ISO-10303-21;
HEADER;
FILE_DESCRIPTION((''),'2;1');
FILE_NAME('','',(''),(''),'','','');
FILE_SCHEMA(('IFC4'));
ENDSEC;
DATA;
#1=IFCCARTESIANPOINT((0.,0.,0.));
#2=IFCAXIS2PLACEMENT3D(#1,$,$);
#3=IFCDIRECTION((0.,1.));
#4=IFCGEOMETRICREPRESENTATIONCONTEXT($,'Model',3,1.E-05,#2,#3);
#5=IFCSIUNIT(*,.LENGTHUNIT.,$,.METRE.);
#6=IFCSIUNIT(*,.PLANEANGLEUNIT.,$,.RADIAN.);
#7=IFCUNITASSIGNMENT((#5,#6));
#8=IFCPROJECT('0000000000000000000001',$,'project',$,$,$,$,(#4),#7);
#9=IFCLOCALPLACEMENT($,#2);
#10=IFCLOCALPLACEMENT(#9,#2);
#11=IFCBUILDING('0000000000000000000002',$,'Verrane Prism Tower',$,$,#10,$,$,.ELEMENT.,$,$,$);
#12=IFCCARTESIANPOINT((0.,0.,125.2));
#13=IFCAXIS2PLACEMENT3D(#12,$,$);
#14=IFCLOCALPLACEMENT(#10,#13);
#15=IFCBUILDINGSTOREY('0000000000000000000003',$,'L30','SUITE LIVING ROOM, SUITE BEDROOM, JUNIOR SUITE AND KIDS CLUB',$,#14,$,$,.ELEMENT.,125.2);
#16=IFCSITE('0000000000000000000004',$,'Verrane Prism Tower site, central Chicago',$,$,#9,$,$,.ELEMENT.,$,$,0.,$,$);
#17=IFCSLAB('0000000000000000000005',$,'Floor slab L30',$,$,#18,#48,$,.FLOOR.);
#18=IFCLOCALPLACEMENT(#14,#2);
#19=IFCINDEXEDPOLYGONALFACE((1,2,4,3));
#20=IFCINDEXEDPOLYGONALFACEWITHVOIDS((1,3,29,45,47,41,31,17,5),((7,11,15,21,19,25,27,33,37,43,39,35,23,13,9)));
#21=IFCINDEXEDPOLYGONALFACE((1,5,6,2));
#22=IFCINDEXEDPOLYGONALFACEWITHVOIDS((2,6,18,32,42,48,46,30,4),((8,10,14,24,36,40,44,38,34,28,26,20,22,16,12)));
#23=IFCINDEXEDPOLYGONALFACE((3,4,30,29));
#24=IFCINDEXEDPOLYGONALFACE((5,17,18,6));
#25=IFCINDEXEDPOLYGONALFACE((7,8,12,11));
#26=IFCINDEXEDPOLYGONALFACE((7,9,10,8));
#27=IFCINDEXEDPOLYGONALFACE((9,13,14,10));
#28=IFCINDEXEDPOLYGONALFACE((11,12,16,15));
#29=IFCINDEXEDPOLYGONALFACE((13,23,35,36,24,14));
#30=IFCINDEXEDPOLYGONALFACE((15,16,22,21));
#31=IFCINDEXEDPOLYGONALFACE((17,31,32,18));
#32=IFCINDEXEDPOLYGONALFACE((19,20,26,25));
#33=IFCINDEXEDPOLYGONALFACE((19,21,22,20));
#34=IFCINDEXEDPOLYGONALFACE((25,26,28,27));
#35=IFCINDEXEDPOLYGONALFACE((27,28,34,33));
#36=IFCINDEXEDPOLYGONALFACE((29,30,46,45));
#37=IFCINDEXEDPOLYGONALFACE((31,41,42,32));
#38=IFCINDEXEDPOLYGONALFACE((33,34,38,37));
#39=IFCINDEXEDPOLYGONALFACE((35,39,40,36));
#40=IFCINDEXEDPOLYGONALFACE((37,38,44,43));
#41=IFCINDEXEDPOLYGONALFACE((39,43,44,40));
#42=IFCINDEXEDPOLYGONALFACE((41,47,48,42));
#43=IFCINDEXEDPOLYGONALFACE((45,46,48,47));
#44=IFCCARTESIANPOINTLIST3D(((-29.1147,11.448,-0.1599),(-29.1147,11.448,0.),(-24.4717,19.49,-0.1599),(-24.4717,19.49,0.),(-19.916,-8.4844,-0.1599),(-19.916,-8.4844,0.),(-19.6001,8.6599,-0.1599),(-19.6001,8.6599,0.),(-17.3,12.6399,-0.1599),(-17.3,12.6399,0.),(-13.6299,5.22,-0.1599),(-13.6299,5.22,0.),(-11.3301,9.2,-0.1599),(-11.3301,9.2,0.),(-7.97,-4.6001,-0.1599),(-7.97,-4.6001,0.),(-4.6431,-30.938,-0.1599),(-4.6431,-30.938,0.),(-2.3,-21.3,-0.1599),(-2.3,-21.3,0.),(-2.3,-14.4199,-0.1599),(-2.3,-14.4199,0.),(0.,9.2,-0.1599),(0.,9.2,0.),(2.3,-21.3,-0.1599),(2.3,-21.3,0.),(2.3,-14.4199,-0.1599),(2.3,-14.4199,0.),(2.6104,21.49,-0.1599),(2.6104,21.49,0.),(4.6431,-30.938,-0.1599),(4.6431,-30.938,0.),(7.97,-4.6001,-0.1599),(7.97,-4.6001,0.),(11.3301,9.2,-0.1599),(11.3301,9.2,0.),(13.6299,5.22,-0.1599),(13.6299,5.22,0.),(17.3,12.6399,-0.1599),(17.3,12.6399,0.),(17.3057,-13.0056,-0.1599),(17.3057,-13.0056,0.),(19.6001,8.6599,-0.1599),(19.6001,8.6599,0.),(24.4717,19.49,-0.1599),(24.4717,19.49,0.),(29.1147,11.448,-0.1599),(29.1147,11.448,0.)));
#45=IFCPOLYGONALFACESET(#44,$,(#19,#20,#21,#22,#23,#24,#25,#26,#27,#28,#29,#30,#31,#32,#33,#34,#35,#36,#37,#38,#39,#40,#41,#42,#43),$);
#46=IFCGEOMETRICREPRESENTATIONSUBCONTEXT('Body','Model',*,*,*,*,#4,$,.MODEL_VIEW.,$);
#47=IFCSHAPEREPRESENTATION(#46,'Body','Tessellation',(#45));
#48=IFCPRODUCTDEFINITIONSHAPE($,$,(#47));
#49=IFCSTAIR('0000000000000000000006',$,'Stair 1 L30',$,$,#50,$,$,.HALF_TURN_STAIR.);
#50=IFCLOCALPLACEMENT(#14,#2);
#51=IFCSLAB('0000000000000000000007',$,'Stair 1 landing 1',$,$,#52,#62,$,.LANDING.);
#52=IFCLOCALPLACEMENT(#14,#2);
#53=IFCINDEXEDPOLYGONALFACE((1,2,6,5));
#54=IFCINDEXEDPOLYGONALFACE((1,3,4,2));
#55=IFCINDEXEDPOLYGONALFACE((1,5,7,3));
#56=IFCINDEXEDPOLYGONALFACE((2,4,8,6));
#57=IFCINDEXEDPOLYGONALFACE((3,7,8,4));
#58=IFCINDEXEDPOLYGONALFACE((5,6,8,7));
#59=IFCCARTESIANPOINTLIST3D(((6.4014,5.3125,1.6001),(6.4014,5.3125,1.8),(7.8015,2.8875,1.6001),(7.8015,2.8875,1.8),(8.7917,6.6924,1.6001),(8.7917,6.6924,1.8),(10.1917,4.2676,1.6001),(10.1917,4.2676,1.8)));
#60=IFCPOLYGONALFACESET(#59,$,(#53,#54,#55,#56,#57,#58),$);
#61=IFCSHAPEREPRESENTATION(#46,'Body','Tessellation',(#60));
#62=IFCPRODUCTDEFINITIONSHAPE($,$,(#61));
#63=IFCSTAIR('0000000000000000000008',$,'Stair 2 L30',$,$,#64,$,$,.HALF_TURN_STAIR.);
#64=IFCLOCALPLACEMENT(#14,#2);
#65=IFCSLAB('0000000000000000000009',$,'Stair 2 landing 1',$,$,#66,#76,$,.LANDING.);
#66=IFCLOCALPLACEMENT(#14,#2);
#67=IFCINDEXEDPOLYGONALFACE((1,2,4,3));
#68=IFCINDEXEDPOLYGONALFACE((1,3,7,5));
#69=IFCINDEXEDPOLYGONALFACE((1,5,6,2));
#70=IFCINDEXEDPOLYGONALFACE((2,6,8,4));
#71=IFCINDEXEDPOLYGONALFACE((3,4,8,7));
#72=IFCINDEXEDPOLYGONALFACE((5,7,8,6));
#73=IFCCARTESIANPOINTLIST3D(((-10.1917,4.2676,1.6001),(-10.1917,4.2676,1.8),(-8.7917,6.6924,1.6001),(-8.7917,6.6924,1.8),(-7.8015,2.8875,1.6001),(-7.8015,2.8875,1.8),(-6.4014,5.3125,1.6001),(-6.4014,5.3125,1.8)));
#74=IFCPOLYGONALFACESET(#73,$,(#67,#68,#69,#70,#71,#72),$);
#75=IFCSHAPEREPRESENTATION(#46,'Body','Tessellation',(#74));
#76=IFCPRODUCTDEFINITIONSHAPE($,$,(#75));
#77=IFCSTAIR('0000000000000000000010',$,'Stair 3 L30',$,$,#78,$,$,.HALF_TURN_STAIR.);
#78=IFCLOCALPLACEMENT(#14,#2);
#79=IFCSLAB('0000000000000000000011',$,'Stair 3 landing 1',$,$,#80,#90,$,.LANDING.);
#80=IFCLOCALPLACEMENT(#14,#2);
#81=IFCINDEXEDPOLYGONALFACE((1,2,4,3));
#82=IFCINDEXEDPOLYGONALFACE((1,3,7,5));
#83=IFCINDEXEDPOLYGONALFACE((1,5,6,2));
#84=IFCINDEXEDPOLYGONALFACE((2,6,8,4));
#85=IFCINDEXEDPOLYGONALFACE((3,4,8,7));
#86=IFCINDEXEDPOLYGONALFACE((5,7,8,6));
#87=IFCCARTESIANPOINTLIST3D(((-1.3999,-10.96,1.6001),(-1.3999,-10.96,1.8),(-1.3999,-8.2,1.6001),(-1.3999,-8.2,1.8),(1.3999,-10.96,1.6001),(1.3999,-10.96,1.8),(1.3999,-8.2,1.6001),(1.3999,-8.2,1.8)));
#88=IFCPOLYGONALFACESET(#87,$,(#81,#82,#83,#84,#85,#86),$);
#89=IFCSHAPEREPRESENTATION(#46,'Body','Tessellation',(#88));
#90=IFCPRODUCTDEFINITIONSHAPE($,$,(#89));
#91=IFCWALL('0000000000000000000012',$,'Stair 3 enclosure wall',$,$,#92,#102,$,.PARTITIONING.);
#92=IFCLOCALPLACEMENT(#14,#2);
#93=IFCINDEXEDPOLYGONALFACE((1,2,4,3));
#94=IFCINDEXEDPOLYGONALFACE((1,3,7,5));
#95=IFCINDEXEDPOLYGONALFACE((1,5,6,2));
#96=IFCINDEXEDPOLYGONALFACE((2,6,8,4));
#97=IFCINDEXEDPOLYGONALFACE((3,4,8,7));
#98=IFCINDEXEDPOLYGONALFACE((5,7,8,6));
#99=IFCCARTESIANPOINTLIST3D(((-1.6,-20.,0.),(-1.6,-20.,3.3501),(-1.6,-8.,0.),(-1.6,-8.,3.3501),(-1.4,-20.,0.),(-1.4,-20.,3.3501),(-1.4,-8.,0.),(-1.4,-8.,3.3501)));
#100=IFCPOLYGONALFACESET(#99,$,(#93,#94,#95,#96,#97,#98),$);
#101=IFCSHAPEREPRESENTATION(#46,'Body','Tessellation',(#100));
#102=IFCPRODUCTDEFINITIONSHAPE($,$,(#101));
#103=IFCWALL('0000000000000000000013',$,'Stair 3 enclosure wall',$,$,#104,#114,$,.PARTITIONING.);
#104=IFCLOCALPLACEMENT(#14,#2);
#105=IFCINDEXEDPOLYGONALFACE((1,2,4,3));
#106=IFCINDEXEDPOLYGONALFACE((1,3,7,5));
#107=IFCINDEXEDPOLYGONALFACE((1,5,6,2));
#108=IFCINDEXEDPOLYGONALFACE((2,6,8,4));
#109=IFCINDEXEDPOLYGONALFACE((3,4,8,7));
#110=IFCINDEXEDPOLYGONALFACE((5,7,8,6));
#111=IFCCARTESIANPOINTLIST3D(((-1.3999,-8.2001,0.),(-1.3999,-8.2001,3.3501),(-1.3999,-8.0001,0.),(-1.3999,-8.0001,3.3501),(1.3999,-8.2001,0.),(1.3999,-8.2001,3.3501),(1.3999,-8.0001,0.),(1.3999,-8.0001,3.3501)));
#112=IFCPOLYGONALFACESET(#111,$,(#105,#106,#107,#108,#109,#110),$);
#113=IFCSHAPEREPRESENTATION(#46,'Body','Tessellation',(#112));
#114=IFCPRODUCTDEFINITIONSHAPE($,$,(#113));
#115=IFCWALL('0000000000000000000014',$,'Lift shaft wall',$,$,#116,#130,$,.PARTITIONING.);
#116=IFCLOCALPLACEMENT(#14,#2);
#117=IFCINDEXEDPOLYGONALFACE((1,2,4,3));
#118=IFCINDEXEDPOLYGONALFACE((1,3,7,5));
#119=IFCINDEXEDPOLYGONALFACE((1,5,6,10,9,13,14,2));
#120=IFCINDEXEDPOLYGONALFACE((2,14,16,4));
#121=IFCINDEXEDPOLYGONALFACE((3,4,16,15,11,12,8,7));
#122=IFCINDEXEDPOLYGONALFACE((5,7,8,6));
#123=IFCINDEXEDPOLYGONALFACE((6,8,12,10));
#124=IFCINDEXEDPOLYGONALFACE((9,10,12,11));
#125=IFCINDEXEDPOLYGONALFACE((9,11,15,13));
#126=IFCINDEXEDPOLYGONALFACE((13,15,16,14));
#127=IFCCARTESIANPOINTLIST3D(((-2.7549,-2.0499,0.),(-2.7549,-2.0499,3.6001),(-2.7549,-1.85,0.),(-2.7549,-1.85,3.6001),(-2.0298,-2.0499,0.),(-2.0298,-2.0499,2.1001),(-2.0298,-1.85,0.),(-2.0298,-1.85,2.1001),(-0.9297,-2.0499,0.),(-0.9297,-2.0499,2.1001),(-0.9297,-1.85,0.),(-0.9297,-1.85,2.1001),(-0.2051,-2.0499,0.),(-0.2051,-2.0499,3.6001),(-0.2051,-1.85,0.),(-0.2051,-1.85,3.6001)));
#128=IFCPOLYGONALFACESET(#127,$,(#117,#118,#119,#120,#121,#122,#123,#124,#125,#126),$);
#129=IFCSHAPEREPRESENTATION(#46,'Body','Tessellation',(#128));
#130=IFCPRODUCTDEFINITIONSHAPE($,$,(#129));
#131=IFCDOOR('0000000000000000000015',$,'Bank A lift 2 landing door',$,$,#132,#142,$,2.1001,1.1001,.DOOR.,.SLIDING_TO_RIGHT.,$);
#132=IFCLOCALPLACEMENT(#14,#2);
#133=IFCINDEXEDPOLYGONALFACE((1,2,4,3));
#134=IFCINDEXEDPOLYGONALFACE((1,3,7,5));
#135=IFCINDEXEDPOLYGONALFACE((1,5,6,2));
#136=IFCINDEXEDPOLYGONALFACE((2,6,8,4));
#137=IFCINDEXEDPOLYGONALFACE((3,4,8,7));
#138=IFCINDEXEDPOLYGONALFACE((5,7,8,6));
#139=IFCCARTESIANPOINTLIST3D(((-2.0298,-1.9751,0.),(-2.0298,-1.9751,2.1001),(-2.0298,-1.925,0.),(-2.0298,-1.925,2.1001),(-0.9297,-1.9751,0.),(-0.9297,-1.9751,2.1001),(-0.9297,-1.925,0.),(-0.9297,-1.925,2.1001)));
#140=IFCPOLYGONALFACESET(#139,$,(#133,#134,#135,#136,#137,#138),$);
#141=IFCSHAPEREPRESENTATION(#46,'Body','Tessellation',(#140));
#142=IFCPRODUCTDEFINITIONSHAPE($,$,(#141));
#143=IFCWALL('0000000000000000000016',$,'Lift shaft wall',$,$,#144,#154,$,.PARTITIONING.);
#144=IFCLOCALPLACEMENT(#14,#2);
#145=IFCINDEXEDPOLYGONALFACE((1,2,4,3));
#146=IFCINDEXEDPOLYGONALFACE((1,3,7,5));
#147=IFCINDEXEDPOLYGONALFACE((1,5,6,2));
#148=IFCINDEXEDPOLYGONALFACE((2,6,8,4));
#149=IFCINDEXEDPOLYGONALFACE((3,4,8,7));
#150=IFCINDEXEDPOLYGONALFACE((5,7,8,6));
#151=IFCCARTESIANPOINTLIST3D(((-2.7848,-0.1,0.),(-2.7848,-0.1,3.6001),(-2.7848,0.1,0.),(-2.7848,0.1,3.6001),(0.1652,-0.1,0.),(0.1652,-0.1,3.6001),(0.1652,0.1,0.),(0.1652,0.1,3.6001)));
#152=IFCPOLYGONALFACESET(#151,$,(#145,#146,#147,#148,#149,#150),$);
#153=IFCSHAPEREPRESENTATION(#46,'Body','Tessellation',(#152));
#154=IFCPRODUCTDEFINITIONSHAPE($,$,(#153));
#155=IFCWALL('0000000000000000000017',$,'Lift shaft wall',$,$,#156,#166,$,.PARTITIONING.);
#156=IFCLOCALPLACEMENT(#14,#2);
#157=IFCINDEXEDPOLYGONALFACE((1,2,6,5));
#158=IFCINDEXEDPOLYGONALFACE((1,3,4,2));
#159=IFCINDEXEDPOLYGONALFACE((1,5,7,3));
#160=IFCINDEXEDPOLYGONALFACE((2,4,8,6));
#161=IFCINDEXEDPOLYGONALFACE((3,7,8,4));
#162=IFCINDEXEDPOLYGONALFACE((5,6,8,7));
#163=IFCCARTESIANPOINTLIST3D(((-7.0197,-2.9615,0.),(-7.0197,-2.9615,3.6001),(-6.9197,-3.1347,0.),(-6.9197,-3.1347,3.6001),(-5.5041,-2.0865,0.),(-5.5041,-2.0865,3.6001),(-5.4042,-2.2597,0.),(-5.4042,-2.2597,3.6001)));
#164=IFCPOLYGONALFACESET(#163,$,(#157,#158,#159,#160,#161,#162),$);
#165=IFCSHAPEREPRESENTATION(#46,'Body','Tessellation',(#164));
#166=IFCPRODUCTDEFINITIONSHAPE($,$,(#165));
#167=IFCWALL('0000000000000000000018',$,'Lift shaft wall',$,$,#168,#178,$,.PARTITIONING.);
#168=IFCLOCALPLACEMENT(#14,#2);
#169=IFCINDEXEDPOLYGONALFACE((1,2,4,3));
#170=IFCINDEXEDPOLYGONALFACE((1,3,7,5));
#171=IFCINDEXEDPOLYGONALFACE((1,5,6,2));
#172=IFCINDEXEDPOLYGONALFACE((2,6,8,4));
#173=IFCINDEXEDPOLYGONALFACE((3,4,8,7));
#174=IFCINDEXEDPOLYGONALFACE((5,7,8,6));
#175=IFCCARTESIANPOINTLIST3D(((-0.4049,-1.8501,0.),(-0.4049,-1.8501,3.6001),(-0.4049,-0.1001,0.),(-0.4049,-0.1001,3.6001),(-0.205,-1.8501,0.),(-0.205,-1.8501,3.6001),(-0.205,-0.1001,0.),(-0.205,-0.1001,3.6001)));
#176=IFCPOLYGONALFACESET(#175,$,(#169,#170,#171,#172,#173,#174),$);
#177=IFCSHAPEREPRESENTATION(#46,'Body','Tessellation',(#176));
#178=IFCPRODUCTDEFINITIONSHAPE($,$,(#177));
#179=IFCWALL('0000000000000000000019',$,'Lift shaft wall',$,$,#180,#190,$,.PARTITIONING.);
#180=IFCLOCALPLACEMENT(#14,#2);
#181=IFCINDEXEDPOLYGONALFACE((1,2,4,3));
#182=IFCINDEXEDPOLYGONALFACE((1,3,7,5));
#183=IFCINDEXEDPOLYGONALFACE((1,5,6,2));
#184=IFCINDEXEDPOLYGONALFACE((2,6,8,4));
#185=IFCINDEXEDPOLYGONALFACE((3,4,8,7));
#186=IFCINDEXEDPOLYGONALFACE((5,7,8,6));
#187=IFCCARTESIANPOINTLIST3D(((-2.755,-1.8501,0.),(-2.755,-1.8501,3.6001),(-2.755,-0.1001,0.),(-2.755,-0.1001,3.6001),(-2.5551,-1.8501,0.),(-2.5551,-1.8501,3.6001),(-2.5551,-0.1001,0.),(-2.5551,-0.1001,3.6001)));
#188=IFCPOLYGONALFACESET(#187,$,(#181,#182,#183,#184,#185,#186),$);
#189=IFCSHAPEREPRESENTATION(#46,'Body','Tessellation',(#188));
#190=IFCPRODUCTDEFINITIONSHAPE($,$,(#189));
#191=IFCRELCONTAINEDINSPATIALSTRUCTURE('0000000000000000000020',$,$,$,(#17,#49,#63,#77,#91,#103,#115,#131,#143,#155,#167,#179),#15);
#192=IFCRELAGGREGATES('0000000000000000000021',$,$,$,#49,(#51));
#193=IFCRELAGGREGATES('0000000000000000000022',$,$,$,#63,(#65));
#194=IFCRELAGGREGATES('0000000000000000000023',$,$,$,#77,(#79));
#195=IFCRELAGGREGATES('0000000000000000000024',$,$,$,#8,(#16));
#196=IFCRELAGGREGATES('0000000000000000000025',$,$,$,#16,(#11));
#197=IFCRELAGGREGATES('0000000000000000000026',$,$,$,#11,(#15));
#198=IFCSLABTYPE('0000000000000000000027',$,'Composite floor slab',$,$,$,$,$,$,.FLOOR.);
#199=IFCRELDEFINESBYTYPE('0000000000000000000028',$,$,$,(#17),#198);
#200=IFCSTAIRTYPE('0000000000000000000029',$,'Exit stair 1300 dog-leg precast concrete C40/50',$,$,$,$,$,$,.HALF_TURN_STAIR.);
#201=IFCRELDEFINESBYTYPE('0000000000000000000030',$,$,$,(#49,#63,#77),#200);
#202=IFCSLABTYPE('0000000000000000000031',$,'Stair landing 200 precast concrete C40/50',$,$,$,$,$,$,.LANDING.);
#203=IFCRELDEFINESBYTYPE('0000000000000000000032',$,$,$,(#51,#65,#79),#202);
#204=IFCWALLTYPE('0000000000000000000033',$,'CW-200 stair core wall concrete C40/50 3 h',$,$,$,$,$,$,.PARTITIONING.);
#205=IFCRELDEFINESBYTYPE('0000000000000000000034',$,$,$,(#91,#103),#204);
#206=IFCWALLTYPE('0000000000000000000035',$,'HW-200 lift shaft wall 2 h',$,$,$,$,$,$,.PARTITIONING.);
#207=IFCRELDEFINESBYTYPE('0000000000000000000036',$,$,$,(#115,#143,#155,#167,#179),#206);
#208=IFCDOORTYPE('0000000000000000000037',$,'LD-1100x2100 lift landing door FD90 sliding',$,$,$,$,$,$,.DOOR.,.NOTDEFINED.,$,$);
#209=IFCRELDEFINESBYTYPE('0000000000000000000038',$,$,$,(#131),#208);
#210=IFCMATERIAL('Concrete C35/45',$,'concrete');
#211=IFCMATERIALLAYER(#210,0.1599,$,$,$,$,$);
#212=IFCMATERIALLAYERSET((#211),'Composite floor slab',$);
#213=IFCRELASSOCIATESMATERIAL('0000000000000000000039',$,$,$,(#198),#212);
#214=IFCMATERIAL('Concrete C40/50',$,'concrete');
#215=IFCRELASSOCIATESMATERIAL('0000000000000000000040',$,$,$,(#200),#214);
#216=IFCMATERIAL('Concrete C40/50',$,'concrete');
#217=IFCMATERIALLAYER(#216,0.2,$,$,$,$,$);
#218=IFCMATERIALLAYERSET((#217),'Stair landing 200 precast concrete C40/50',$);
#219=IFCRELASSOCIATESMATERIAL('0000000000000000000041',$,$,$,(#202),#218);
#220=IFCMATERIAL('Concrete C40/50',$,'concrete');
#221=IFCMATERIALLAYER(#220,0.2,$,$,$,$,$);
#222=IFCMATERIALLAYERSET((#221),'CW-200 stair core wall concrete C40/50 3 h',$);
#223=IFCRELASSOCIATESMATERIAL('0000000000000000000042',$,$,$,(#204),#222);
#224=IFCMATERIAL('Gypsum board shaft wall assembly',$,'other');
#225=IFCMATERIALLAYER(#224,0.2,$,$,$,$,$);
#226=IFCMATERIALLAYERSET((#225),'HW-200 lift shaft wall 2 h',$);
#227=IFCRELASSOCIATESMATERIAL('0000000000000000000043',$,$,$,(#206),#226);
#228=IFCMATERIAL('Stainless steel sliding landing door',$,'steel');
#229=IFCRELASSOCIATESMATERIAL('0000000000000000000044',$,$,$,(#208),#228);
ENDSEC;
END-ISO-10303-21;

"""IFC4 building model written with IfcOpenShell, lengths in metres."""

from ifc_helpers import new_model, si_unit, direction, frame, frame_2d, origin, place, context, subcontext, project, spatial, polyline, rectangle, outline, extrude, material, layer, layer_set, type_object, element, fill, aggregate, save


model = new_model("IFC4")

# Units and contexts
model_context = context("Model", 3, precision=1e-05, world=origin(), true_north=direction((0.0, 1.0)))
body_context = subcontext(model_context, "Body", "Model", "MODEL_VIEW")
ifc_project = project(units=[si_unit("LENGTHUNIT", "METRE"), si_unit("PLANEANGLEUNIT", "RADIAN")], contexts=[model_context])

# Site, building, storey
site_placement = place(None, origin())
site = spatial("IfcSite", under=ifc_project, at=site_placement, Name="Verrane Prism Tower site, central Chicago", CompositionType="ELEMENT", RefElevation=0.0)
building_placement = place(site_placement, origin())
building = spatial("IfcBuilding", under=site, at=building_placement, Name="Verrane Prism Tower", CompositionType="ELEMENT")
storey_placement = place(building_placement, frame((0.0, 0.0, 125.2)))
storey = spatial("IfcBuildingStorey", under=building, at=storey_placement, Name="L30", Description="SUITE LIVING ROOM, SUITE BEDROOM, JUNIOR SUITE AND KIDS CLUB", CompositionType="ELEMENT", Elevation=125.2)

# Slab
ifc_material_1 = material(Name="Concrete C35/45", Category="concrete")
ifc_layer_1 = layer(ifc_material_1, 0.1599)
ifc_layer_set_1 = layer_set([ifc_layer_1], Name="Composite floor slab")
slab_type_1 = type_object("IfcSlabType", Name="Composite floor slab", PredefinedType="FLOOR", material=ifc_layer_set_1)
slab_1_placement = place(storey_placement, frame((0.0, 0.0, -0.1599)))
element("IfcSlab", 1, at=slab_1_placement, inside=storey, type_object=slab_type_1, Name="Floor slab L30", PredefinedType="FLOOR", context=body_context, shape_type="SweptSolid", body=[
    extrude(outline(polyline([(17.3057, -13.0056), (4.6431, -30.938), (-4.6431, -30.938), (-19.916, -8.4844), (-29.1147, 11.448), (-24.4717, 19.49), (2.6104, 21.49), (24.4717, 19.49), (29.1147, 11.448), (17.3057, -13.0056)]), holes=[polyline([(19.6001, 8.6599), (17.3, 12.6399), (11.3301, 9.2), (0.0, 9.2), (-11.3301, 9.2), (-17.3, 12.6399), (-19.6001, 8.6599), (-13.6299, 5.22), (-7.97, -4.6001), (-2.3, -14.4199), (-2.3, -21.3), (2.3, -21.3), (2.3, -14.4199), (7.97, -4.6001), (13.6299, 5.22), (19.6001, 8.6599)])]), origin(), (0.0, 0.0, 1.0), 0.1599),
])

# Stairs, slabs
ifc_material_2 = material(Name="Concrete C40/50", Category="concrete")
stair_type = type_object("IfcStairType", Name="Exit stair 1300 dog-leg precast concrete C40/50", PredefinedType="HALF_TURN_STAIR", material=ifc_material_2)
stair_1_placement = place(storey_placement, origin())
stair_1 = element("IfcStair", 2, at=stair_1_placement, inside=storey, type_object=stair_type, Name="Stair 1 L30", PredefinedType="HALF_TURN_STAIR")
ifc_material_3 = material(Name="Concrete C40/50", Category="concrete")
ifc_layer_2 = layer(ifc_material_3, 0.2)
ifc_layer_set_2 = layer_set([ifc_layer_2], Name="Stair landing 200 precast concrete C40/50")
slab_type_2 = type_object("IfcSlabType", Name="Stair landing 200 precast concrete C40/50", PredefinedType="LANDING", material=ifc_layer_set_2)
slab_2_placement = place(storey_placement, frame((0.0, 0.0, 1.6001)))
slab_2 = element("IfcSlab", 3, at=slab_2_placement, type_object=slab_type_2, Name="Stair 1 landing 1", PredefinedType="LANDING", context=body_context, shape_type="SweptSolid", body=[
    extrude(outline(polyline([(8.7917, 6.6924), (6.4014, 5.3125), (7.8015, 2.8875), (10.1917, 4.2676), (8.7917, 6.6924)])), origin(), (0.0, 0.0, 1.0), 0.2),
])
aggregate(stair_1, [slab_2])
stair_2_placement = place(storey_placement, origin())
stair_2 = element("IfcStair", 4, at=stair_2_placement, inside=storey, type_object=stair_type, Name="Stair 2 L30", PredefinedType="HALF_TURN_STAIR")
slab_3_placement = place(storey_placement, frame((0.0, 0.0, 1.6001)))
slab_3 = element("IfcSlab", 5, at=slab_3_placement, type_object=slab_type_2, Name="Stair 2 landing 1", PredefinedType="LANDING", context=body_context, shape_type="SweptSolid", body=[
    extrude(outline(polyline([(-10.1917, 4.2676), (-7.8015, 2.8875), (-6.4014, 5.3125), (-8.7917, 6.6924), (-10.1917, 4.2676)])), origin(), (0.0, 0.0, 1.0), 0.2),
])
aggregate(stair_2, [slab_3])
stair_3_placement = place(storey_placement, origin())
stair_3 = element("IfcStair", 6, at=stair_3_placement, inside=storey, type_object=stair_type, Name="Stair 3 L30", PredefinedType="HALF_TURN_STAIR")
slab_4_placement = place(storey_placement, frame((0.0, 0.0, 1.6001)))
slab_4 = element("IfcSlab", 7, at=slab_4_placement, type_object=slab_type_2, Name="Stair 3 landing 1", PredefinedType="LANDING", context=body_context, shape_type="SweptSolid", body=[
    extrude(outline(polyline([(1.3999, -10.96), (1.3999, -8.2), (-1.3999, -8.2), (-1.3999, -10.96), (1.3999, -10.96)])), origin(), (0.0, 0.0, 1.0), 0.2),
])
aggregate(stair_3, [slab_4])

# Walls
ifc_material_4 = material(Name="Concrete C40/50", Category="concrete")
ifc_layer_3 = layer(ifc_material_4, 0.2)
ifc_layer_set_3 = layer_set([ifc_layer_3], Name="CW-200 stair core wall concrete C40/50 3 h")
wall_type_1 = type_object("IfcWallType", Name="CW-200 stair core wall concrete C40/50 3 h", PredefinedType="PARTITIONING", material=ifc_layer_set_3)
wall_1_placement = place(storey_placement, frame((-1.5, -8.0, 0.0), z_axis=(0.0, 0.0, 1.0), x_axis=(0.0, -1.0, 0.0)))
element("IfcWall", 8, at=wall_1_placement, inside=storey, type_object=wall_type_1, Name="Stair 3 enclosure wall", PredefinedType="PARTITIONING", context=body_context, shape_type="SweptSolid", body=[
    extrude(rectangle(XDim=12.0, YDim=0.2, at=frame_2d((6.0, 0.0))), origin(), (0.0, 0.0, 1.0), 3.3501),
])
wall_2_placement = place(storey_placement, frame((-1.3999, -8.1001, 0.0), z_axis=(0.0, 0.0, 1.0), x_axis=(1.0, 0.0, 0.0)))
element("IfcWall", 9, at=wall_2_placement, inside=storey, type_object=wall_type_1, Name="Stair 3 enclosure wall", PredefinedType="PARTITIONING", context=body_context, shape_type="SweptSolid", body=[
    extrude(rectangle(XDim=2.7998, YDim=0.2, at=frame_2d((1.3999, 0.0))), origin(), (0.0, 0.0, 1.0), 3.3501),
])

# Wall, opening, door
ifc_material_5 = material(Name="Gypsum board shaft wall assembly", Category="other")
ifc_layer_4 = layer(ifc_material_5, 0.2)
ifc_layer_set_4 = layer_set([ifc_layer_4], Name="HW-200 lift shaft wall 2 h")
wall_type_2 = type_object("IfcWallType", Name="HW-200 lift shaft wall 2 h", PredefinedType="PARTITIONING", material=ifc_layer_set_4)
wall_3_placement = place(storey_placement, frame((-2.7549, -1.95, 0.0), z_axis=(0.0, 0.0, 1.0), x_axis=(1.0, 0.0, 0.0)))
wall_3 = element("IfcWall", 10, at=wall_3_placement, inside=storey, type_object=wall_type_2, Name="Lift shaft wall", PredefinedType="PARTITIONING", context=body_context, shape_type="SweptSolid", body=[
    extrude(rectangle(XDim=2.5498, YDim=0.2, at=frame_2d((1.2749, 0.0))), origin(), (0.0, 0.0, 1.0), 3.6001),
])
opening_1_placement = place(wall_3_placement, frame((0.7251, 0.0, 0.0)))
opening_1 = element("IfcOpeningElement", 11, at=opening_1_placement, cuts=wall_3, PredefinedType="OPENING", context=body_context, shape_type="SweptSolid", body=[
    extrude(rectangle(XDim=1.1001, YDim=2.1001, at=frame_2d((0.55, 1.05))), frame((0.0, 0.1099, 0.0), z_axis=(0.0, -1.0, 0.0), x_axis=(1.0, 0.0, 0.0)), (0.0, 0.0, 1.0), 0.22),
])
ifc_material_6 = material(Name="Stainless steel sliding landing door", Category="steel")
door_type_1 = type_object("IfcDoorType", Name="LD-1100x2100 lift landing door FD90 sliding", OperationType="NOTDEFINED", PredefinedType="DOOR", material=ifc_material_6)
door_1_placement = place(opening_1_placement, origin())
door_1 = element("IfcDoor", 12, at=door_1_placement, inside=storey, type_object=door_type_1, Name="Bank A lift 2 landing door", OperationType="SLIDING_TO_RIGHT", OverallHeight=2.1001, OverallWidth=1.1001, PredefinedType="DOOR", context=body_context, shape_type="SweptSolid", body=[
    extrude(rectangle(XDim=1.1001, YDim=2.1001, at=frame_2d((0.55, 1.05))), frame((0.0, 0.0249, 0.0), z_axis=(0.0, -1.0, 0.0), x_axis=(1.0, 0.0, 0.0)), (0.0, 0.0, 1.0), 0.05),
])
fill(opening_1, door_1)

# Walls
wall_4_placement = place(storey_placement, frame((-2.7849, 0.0, 0.0), z_axis=(0.0, 0.0, 1.0), x_axis=(1.0, 0.0, 0.0)))
element("IfcWall", 13, at=wall_4_placement, inside=storey, type_object=wall_type_2, Name="Lift shaft wall", PredefinedType="PARTITIONING", context=body_context, shape_type="SweptSolid", body=[
    extrude(rectangle(XDim=2.95, YDim=0.2, at=frame_2d((1.4751, 0.0))), origin(), (0.0, 0.0, 1.0), 3.6001),
])
for number, where, z_axis, x_axis, name in (
    (14, (-6.9697, -3.0481, 0.0), (0.0, 0.0, 1.0), (0.866037, 0.49998, 0.0), "Lift shaft wall"),
    (15, (-0.3049, -1.8501, 0.0), (0.0, 0.0, 1.0), (0.0, 1.0, 0.0), "Lift shaft wall"),
    (16, (-2.655, -1.8501, 0.0), (0.0, 0.0, 1.0), (0.0, 1.0, 0.0), "Lift shaft wall"),
):
    element("IfcWall", number, at=place(storey_placement, frame(where, z_axis=z_axis, x_axis=x_axis)), inside=storey, type_object=wall_type_2, Name=name, PredefinedType="PARTITIONING", context=body_context, shape_type="SweptSolid", body=[
        extrude(rectangle(XDim=1.75, YDim=0.2, at=frame_2d((0.875, 0.0))), origin(), (0.0, 0.0, 1.0), 3.6001),
    ])

save(model, "model.ifc")
